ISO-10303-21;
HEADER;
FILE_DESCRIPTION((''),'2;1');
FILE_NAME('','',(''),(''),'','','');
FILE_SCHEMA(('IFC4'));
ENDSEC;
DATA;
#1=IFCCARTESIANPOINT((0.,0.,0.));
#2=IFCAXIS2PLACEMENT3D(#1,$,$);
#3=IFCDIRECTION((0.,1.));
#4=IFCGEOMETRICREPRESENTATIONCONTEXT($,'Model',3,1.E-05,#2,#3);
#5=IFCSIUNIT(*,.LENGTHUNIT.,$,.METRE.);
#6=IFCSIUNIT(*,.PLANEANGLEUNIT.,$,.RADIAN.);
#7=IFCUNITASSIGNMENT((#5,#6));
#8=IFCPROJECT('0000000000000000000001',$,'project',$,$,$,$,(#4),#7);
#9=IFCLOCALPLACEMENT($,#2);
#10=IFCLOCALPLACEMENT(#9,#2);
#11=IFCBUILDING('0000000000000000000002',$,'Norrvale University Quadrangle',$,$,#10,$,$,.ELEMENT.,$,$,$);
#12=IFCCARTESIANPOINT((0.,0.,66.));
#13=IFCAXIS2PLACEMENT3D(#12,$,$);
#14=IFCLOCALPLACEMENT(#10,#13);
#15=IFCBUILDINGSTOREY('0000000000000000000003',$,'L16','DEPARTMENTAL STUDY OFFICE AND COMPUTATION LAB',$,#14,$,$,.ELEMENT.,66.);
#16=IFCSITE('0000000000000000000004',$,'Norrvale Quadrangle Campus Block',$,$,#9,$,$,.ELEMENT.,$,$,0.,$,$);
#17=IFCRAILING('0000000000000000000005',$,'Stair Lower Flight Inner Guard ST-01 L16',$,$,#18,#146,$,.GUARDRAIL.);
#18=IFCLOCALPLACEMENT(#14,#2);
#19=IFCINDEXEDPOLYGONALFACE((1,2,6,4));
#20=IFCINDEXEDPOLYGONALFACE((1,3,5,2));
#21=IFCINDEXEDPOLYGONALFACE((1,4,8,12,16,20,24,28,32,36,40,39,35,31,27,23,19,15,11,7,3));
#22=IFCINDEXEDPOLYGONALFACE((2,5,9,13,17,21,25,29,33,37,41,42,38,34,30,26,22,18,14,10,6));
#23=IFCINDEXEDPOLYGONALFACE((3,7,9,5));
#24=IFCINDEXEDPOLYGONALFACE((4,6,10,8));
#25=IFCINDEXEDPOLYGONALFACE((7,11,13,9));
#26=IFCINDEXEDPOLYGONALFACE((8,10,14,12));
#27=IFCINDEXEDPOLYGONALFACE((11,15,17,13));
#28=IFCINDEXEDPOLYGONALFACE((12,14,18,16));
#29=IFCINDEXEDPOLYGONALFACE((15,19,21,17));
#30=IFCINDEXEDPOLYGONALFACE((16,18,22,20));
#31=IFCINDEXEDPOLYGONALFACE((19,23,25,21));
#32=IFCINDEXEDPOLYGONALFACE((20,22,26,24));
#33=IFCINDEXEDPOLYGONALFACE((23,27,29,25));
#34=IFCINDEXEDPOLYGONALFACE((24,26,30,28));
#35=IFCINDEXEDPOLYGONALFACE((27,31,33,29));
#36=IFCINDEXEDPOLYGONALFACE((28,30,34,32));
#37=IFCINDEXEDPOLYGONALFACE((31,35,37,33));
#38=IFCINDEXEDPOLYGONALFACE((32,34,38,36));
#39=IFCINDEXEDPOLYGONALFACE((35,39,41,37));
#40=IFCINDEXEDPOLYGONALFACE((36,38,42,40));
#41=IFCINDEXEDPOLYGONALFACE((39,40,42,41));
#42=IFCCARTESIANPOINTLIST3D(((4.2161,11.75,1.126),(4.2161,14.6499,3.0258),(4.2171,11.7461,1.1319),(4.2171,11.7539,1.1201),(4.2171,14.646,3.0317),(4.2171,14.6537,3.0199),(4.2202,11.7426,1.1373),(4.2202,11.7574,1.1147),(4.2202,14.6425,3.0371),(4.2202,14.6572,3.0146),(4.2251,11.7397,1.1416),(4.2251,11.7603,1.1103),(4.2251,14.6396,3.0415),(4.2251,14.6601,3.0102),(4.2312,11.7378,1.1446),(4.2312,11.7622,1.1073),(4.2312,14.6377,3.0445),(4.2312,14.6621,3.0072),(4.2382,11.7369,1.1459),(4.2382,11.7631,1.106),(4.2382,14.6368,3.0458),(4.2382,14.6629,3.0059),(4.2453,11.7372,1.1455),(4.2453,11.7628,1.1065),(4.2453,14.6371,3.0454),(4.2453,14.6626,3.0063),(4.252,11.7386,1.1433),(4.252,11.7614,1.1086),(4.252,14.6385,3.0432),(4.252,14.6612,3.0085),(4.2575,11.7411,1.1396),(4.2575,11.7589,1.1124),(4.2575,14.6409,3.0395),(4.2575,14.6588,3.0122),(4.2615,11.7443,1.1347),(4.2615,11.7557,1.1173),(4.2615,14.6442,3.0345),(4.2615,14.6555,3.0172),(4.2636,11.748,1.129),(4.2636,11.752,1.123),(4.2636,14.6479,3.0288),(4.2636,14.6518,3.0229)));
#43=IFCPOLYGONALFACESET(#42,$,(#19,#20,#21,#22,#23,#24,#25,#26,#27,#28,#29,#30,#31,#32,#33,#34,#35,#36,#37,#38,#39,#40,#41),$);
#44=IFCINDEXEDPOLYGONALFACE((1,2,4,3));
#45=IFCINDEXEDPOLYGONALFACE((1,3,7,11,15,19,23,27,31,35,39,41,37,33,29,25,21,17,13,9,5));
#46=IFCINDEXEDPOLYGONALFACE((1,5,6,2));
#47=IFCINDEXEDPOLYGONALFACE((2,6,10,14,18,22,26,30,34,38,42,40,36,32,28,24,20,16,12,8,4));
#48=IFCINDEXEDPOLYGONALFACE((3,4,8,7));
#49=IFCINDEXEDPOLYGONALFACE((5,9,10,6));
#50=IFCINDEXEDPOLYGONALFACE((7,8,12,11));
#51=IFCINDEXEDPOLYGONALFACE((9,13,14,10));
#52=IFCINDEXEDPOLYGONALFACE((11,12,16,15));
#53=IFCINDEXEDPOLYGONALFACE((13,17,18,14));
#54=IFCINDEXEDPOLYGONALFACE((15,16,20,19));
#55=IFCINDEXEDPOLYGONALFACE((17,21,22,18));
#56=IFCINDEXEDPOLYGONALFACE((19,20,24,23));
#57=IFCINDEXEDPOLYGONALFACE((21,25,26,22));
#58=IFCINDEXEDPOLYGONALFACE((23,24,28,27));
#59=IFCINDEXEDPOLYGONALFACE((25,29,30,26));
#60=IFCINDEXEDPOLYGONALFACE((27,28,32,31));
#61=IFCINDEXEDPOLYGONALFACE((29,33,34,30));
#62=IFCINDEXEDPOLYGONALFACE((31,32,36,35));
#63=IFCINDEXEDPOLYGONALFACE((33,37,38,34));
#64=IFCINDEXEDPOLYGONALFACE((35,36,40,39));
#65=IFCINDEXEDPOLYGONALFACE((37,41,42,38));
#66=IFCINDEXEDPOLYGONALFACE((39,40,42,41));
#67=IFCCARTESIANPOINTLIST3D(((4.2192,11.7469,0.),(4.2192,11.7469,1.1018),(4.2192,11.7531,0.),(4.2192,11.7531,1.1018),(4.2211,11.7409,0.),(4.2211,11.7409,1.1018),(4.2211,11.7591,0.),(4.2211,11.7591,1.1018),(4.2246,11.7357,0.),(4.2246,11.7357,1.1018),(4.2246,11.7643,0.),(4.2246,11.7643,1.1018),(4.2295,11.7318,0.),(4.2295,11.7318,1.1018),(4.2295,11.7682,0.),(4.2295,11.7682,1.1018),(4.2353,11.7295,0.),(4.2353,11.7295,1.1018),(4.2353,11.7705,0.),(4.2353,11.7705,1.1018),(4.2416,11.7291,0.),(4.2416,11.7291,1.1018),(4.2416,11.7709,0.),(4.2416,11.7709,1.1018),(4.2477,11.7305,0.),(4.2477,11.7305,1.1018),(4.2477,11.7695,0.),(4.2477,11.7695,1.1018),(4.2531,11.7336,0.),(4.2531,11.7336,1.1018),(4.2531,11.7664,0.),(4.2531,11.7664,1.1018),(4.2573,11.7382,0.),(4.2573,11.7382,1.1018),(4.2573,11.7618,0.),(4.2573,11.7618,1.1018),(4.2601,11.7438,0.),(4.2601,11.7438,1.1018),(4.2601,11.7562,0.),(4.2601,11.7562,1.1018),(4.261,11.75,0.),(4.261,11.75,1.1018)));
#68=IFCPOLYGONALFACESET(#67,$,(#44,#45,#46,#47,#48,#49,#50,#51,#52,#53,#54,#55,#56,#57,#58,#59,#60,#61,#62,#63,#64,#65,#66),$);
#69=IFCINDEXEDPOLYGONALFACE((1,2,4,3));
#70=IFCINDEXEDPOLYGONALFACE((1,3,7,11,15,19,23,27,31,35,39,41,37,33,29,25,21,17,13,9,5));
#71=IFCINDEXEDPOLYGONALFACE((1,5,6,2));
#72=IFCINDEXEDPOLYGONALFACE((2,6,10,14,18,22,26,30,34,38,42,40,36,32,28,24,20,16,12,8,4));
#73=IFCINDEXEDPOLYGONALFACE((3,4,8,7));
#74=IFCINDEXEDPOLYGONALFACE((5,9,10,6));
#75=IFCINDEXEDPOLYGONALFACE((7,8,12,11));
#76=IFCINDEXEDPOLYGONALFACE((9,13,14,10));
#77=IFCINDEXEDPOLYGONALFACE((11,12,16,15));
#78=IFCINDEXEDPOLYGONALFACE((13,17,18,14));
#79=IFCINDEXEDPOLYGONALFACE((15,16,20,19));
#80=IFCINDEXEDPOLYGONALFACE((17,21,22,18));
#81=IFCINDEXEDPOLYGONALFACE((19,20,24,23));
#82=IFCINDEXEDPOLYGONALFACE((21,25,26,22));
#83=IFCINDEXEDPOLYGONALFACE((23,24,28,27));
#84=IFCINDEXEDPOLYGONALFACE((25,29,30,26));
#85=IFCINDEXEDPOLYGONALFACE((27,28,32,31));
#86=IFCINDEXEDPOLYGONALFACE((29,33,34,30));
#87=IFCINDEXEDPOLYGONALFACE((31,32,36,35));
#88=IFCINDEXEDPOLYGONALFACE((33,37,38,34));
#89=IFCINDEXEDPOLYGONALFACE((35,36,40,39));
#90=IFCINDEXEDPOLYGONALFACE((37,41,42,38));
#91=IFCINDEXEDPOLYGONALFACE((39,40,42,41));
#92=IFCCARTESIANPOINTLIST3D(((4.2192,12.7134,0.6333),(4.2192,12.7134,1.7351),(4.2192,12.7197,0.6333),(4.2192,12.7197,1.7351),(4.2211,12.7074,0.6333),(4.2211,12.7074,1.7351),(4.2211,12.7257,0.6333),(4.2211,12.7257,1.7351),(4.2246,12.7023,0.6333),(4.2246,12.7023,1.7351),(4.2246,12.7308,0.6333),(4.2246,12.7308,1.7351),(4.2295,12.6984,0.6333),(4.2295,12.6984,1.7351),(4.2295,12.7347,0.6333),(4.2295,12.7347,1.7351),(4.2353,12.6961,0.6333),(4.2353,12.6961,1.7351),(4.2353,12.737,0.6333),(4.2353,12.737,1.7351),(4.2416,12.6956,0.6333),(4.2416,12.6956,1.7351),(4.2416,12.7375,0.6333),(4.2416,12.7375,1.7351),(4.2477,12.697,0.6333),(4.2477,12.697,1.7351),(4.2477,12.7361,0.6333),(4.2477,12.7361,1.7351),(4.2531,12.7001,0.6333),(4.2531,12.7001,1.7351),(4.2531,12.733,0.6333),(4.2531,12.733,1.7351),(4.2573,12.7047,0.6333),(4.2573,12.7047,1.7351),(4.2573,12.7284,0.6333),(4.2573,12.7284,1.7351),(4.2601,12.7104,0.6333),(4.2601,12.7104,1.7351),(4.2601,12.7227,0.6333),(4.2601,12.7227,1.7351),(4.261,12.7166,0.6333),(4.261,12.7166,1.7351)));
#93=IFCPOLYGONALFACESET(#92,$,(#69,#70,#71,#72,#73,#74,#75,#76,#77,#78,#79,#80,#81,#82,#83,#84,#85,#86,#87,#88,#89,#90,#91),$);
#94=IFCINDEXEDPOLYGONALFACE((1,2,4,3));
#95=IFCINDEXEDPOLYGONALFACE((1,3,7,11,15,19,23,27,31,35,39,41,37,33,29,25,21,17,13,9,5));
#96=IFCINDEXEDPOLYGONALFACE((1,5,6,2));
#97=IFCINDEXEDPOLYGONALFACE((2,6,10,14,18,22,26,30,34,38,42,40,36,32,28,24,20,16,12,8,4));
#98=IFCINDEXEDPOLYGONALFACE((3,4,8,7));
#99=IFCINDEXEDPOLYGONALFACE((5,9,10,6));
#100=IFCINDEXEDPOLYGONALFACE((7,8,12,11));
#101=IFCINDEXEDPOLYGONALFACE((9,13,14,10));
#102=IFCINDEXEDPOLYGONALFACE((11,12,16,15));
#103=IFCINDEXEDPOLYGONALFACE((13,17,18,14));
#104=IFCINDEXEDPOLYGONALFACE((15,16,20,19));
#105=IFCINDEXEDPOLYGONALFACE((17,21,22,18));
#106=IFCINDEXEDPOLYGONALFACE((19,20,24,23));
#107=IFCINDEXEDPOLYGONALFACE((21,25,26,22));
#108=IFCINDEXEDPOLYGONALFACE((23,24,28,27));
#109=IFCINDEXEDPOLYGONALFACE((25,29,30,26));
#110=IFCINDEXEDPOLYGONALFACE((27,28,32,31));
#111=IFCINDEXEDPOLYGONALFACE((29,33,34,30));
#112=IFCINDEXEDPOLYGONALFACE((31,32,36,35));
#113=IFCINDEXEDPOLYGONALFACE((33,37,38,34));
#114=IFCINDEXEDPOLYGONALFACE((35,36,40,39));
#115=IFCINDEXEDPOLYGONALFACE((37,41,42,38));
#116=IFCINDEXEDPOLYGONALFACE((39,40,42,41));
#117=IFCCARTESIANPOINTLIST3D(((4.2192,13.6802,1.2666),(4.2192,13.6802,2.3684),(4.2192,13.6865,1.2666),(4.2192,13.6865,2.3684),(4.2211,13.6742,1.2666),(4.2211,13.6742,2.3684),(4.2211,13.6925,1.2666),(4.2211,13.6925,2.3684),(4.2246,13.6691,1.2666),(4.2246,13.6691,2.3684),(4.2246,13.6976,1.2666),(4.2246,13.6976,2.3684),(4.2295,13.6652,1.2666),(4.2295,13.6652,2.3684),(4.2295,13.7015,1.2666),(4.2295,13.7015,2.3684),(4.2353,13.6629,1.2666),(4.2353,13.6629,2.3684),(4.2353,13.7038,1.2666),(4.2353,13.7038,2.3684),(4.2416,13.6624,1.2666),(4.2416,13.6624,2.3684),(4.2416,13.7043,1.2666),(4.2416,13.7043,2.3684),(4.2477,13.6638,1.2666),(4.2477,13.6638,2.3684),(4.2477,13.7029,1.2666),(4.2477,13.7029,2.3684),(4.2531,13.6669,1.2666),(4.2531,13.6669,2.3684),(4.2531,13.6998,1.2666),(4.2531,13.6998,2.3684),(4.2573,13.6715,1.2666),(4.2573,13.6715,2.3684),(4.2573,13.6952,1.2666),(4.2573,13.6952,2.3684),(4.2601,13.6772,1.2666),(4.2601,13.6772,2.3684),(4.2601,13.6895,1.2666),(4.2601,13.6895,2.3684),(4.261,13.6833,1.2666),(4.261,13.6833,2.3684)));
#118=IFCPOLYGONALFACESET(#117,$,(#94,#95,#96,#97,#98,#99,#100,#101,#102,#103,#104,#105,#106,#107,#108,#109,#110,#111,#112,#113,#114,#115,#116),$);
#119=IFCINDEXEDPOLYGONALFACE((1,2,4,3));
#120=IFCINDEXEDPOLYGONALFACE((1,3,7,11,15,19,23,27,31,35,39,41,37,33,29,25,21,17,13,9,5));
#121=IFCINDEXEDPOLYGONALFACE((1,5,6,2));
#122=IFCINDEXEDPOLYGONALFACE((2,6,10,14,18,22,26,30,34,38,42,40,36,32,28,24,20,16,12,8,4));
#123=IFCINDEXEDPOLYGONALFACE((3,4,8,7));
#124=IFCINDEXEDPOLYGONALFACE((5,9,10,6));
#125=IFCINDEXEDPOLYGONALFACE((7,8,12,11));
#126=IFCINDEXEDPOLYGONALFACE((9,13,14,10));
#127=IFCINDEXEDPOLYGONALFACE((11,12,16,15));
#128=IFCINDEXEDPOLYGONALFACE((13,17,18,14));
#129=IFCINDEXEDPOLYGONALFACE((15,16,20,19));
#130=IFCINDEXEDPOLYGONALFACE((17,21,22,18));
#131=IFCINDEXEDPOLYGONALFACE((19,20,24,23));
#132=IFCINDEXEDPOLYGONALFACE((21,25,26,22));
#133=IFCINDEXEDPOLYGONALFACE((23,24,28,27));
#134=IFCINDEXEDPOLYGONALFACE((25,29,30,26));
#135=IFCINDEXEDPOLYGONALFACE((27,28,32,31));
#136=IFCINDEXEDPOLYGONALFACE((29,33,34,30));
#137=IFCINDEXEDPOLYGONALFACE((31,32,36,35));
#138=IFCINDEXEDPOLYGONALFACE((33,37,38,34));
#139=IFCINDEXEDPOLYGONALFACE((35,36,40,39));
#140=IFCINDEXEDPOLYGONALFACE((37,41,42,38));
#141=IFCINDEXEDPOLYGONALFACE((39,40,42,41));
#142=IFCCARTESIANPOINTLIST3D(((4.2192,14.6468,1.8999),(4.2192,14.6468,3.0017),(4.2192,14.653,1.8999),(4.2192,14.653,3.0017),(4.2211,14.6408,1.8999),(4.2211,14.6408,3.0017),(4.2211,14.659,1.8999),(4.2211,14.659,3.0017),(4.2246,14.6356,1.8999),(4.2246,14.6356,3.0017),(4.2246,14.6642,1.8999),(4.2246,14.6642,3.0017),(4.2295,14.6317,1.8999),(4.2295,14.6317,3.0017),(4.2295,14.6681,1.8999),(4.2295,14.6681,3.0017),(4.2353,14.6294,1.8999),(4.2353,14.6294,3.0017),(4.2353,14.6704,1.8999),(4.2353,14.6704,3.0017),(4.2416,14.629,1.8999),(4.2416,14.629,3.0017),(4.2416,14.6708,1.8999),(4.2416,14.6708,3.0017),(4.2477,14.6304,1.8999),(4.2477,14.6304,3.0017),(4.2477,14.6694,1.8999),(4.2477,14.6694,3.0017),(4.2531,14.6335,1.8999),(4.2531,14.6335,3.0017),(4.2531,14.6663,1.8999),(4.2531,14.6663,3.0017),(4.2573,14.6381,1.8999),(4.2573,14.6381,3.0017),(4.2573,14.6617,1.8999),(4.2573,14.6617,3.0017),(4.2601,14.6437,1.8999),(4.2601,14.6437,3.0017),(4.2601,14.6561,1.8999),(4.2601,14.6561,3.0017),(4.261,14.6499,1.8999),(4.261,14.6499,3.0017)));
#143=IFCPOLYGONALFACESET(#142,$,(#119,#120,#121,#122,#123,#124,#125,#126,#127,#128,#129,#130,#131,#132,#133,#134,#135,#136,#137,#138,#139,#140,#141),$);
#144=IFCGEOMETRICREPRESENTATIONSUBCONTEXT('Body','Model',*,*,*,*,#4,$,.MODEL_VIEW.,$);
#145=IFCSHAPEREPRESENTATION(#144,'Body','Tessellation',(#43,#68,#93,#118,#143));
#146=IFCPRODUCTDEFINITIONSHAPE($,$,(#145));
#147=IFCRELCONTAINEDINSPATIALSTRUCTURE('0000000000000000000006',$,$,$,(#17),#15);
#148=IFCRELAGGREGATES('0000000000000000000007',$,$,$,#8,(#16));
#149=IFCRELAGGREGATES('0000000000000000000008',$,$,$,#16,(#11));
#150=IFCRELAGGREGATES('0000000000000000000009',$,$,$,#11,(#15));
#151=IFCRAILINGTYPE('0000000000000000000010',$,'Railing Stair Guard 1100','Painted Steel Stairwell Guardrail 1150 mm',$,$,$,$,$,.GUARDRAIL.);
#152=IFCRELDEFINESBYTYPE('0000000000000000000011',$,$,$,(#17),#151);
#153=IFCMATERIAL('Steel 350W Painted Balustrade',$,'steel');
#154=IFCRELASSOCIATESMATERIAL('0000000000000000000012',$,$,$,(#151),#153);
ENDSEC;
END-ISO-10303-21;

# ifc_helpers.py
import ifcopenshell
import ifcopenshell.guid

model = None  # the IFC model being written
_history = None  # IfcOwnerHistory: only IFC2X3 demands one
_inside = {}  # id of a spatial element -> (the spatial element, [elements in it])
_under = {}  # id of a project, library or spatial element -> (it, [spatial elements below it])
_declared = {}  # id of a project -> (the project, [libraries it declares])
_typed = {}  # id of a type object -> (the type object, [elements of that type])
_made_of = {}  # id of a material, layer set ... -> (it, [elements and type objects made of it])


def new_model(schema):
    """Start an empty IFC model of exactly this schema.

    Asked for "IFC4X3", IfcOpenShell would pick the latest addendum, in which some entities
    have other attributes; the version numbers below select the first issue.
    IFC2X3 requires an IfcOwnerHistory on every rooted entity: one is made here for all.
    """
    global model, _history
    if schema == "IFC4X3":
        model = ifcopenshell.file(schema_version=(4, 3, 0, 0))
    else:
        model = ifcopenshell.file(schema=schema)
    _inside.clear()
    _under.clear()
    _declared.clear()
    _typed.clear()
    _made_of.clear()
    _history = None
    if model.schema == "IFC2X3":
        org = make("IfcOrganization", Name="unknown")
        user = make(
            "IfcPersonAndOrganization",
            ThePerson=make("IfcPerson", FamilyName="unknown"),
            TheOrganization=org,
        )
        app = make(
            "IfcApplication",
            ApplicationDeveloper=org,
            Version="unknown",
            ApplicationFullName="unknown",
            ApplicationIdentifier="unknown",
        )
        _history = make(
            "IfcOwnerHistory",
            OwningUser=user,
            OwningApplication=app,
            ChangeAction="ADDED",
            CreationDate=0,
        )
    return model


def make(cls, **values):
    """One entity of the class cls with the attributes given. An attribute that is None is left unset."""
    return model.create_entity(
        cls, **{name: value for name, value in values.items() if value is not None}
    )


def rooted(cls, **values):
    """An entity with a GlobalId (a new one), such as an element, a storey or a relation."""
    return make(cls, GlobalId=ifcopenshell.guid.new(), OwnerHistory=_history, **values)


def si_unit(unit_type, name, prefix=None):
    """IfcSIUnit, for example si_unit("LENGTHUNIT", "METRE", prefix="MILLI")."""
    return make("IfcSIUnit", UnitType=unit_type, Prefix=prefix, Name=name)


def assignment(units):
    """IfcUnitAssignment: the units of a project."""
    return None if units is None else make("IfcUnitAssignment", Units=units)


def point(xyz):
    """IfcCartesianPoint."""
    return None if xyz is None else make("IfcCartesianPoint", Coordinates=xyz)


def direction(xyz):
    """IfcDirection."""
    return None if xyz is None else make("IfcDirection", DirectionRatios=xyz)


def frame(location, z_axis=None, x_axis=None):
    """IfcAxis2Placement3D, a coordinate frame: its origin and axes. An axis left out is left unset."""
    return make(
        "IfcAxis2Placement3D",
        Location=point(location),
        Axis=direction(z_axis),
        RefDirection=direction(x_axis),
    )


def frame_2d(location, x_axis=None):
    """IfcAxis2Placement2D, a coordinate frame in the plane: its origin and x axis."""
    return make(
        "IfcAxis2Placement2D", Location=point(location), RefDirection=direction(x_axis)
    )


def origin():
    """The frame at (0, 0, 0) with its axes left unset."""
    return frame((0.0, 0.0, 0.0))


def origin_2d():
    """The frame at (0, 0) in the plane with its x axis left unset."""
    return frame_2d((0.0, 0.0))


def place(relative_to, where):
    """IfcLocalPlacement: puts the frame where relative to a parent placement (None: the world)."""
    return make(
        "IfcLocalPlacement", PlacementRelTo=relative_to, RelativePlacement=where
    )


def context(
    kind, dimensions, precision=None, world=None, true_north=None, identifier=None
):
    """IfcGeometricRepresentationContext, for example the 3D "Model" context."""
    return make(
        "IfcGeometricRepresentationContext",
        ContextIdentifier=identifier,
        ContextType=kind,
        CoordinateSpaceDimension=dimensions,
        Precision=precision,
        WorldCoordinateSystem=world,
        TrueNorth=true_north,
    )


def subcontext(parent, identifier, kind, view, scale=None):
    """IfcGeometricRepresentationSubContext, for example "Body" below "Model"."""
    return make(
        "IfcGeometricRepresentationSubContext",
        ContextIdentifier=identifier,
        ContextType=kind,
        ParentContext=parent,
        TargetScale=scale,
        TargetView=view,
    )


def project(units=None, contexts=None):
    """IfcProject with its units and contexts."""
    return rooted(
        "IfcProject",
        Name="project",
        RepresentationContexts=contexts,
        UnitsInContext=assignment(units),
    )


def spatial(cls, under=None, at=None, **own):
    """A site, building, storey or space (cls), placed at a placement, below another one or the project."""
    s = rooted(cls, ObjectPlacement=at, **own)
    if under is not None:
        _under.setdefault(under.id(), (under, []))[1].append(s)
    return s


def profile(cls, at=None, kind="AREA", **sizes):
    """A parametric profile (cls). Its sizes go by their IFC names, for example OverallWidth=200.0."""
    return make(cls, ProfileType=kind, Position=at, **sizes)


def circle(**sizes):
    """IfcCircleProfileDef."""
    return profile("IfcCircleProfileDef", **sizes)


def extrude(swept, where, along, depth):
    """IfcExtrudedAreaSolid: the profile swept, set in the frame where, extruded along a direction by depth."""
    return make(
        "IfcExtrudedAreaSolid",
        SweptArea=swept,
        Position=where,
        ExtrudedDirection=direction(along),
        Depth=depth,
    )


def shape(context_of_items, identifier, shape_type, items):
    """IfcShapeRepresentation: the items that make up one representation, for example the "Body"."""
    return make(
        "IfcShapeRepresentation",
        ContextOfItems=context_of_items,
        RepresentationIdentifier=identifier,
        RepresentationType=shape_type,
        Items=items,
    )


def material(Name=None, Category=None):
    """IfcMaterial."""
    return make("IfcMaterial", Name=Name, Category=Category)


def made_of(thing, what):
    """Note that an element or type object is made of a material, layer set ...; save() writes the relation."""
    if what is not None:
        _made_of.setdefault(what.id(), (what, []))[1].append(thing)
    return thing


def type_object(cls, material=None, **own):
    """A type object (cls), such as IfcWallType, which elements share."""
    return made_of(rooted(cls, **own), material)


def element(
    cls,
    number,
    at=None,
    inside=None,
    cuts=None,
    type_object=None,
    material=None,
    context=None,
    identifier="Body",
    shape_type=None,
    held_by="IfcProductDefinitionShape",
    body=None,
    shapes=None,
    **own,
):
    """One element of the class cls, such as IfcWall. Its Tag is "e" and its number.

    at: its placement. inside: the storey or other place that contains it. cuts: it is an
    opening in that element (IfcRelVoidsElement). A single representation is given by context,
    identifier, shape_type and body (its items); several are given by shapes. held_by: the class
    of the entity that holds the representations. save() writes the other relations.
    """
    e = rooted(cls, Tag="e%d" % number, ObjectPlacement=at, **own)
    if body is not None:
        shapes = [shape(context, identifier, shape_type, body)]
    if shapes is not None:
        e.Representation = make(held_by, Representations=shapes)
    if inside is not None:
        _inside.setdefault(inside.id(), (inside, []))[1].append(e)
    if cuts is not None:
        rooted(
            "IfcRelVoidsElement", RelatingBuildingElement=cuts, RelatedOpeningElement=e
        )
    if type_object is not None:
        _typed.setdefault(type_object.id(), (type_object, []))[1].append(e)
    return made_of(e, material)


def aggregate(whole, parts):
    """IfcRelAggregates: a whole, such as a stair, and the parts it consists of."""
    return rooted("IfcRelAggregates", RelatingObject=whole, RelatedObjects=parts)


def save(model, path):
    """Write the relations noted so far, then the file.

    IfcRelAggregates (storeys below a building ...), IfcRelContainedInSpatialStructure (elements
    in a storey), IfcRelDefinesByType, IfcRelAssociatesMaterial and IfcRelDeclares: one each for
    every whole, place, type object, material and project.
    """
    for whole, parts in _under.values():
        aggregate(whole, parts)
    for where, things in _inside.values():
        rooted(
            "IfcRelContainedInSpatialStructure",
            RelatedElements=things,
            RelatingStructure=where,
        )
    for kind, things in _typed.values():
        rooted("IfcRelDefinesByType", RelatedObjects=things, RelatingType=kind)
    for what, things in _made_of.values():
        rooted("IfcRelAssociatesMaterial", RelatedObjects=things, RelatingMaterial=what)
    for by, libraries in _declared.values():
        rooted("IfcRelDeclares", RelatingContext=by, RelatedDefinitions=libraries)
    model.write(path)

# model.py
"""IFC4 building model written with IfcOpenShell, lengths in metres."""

from ifc_helpers import new_model, si_unit, direction, frame, origin, origin_2d, place, context, subcontext, project, spatial, circle, extrude, material, type_object, element, save


model = new_model("IFC4")

# Units and contexts
model_context = context("Model", 3, precision=1e-05, world=origin(), true_north=direction((0.0, 1.0)))
body_context = subcontext(model_context, "Body", "Model", "MODEL_VIEW")
ifc_project = project(units=[si_unit("LENGTHUNIT", "METRE"), si_unit("PLANEANGLEUNIT", "RADIAN")], contexts=[model_context])

# Site, building, storey
site_placement = place(None, origin())
site = spatial("IfcSite", under=ifc_project, at=site_placement, Name="Norrvale Quadrangle Campus Block", CompositionType="ELEMENT", RefElevation=0.0)
building_placement = place(site_placement, origin())
building = spatial("IfcBuilding", under=site, at=building_placement, Name="Norrvale University Quadrangle", CompositionType="ELEMENT")
storey_placement = place(building_placement, frame((0.0, 0.0, 66.0)))
storey = spatial("IfcBuildingStorey", under=building, at=storey_placement, Name="L16", Description="DEPARTMENTAL STUDY OFFICE AND COMPUTATION LAB", CompositionType="ELEMENT", Elevation=66.0)

# Railing
ifc_material_1 = material(Name="Steel 350W Painted Balustrade", Category="steel")
railing_type_1 = type_object("IfcRailingType", Name="Railing Stair Guard 1100", Description="Painted Steel Stairwell Guardrail 1150 mm", PredefinedType="GUARDRAIL", material=ifc_material_1)
railing_1_placement = place(storey_placement, frame((4.24, 11.75, 0.0)))
element("IfcRailing", 1, at=railing_1_placement, inside=storey, type_object=railing_type_1, Name="Stair Lower Flight Inner Guard ST-01 L16", PredefinedType="GUARDRAIL", context=body_context, shape_type="SweptSolid", body=[
    extrude(circle(Radius=0.0239, at=origin_2d()), frame((0.0, 0.0, 1.126), z_axis=(0.0, 0.836466, 0.548019), x_axis=(-1.0, 0.0, 0.0)), (0.0, 0.0, 1.0), 3.4668),
    extrude(circle(Radius=0.021, at=origin_2d()), origin(), (0.0, 0.0, 1.0), 1.1018),
    extrude(circle(Radius=0.021, at=origin_2d()), frame((0.0, 0.9666, 0.6333)), (0.0, 0.0, 1.0), 1.1018),
    extrude(circle(Radius=0.021, at=origin_2d()), frame((0.0, 1.9333, 1.2666)), (0.0, 0.0, 1.0), 1.1018),
    extrude(circle(Radius=0.021, at=origin_2d()), frame((0.0, 2.8999, 1.8999)), (0.0, 0.0, 1.0), 1.1018),
])

save(model, "model.ifc")
